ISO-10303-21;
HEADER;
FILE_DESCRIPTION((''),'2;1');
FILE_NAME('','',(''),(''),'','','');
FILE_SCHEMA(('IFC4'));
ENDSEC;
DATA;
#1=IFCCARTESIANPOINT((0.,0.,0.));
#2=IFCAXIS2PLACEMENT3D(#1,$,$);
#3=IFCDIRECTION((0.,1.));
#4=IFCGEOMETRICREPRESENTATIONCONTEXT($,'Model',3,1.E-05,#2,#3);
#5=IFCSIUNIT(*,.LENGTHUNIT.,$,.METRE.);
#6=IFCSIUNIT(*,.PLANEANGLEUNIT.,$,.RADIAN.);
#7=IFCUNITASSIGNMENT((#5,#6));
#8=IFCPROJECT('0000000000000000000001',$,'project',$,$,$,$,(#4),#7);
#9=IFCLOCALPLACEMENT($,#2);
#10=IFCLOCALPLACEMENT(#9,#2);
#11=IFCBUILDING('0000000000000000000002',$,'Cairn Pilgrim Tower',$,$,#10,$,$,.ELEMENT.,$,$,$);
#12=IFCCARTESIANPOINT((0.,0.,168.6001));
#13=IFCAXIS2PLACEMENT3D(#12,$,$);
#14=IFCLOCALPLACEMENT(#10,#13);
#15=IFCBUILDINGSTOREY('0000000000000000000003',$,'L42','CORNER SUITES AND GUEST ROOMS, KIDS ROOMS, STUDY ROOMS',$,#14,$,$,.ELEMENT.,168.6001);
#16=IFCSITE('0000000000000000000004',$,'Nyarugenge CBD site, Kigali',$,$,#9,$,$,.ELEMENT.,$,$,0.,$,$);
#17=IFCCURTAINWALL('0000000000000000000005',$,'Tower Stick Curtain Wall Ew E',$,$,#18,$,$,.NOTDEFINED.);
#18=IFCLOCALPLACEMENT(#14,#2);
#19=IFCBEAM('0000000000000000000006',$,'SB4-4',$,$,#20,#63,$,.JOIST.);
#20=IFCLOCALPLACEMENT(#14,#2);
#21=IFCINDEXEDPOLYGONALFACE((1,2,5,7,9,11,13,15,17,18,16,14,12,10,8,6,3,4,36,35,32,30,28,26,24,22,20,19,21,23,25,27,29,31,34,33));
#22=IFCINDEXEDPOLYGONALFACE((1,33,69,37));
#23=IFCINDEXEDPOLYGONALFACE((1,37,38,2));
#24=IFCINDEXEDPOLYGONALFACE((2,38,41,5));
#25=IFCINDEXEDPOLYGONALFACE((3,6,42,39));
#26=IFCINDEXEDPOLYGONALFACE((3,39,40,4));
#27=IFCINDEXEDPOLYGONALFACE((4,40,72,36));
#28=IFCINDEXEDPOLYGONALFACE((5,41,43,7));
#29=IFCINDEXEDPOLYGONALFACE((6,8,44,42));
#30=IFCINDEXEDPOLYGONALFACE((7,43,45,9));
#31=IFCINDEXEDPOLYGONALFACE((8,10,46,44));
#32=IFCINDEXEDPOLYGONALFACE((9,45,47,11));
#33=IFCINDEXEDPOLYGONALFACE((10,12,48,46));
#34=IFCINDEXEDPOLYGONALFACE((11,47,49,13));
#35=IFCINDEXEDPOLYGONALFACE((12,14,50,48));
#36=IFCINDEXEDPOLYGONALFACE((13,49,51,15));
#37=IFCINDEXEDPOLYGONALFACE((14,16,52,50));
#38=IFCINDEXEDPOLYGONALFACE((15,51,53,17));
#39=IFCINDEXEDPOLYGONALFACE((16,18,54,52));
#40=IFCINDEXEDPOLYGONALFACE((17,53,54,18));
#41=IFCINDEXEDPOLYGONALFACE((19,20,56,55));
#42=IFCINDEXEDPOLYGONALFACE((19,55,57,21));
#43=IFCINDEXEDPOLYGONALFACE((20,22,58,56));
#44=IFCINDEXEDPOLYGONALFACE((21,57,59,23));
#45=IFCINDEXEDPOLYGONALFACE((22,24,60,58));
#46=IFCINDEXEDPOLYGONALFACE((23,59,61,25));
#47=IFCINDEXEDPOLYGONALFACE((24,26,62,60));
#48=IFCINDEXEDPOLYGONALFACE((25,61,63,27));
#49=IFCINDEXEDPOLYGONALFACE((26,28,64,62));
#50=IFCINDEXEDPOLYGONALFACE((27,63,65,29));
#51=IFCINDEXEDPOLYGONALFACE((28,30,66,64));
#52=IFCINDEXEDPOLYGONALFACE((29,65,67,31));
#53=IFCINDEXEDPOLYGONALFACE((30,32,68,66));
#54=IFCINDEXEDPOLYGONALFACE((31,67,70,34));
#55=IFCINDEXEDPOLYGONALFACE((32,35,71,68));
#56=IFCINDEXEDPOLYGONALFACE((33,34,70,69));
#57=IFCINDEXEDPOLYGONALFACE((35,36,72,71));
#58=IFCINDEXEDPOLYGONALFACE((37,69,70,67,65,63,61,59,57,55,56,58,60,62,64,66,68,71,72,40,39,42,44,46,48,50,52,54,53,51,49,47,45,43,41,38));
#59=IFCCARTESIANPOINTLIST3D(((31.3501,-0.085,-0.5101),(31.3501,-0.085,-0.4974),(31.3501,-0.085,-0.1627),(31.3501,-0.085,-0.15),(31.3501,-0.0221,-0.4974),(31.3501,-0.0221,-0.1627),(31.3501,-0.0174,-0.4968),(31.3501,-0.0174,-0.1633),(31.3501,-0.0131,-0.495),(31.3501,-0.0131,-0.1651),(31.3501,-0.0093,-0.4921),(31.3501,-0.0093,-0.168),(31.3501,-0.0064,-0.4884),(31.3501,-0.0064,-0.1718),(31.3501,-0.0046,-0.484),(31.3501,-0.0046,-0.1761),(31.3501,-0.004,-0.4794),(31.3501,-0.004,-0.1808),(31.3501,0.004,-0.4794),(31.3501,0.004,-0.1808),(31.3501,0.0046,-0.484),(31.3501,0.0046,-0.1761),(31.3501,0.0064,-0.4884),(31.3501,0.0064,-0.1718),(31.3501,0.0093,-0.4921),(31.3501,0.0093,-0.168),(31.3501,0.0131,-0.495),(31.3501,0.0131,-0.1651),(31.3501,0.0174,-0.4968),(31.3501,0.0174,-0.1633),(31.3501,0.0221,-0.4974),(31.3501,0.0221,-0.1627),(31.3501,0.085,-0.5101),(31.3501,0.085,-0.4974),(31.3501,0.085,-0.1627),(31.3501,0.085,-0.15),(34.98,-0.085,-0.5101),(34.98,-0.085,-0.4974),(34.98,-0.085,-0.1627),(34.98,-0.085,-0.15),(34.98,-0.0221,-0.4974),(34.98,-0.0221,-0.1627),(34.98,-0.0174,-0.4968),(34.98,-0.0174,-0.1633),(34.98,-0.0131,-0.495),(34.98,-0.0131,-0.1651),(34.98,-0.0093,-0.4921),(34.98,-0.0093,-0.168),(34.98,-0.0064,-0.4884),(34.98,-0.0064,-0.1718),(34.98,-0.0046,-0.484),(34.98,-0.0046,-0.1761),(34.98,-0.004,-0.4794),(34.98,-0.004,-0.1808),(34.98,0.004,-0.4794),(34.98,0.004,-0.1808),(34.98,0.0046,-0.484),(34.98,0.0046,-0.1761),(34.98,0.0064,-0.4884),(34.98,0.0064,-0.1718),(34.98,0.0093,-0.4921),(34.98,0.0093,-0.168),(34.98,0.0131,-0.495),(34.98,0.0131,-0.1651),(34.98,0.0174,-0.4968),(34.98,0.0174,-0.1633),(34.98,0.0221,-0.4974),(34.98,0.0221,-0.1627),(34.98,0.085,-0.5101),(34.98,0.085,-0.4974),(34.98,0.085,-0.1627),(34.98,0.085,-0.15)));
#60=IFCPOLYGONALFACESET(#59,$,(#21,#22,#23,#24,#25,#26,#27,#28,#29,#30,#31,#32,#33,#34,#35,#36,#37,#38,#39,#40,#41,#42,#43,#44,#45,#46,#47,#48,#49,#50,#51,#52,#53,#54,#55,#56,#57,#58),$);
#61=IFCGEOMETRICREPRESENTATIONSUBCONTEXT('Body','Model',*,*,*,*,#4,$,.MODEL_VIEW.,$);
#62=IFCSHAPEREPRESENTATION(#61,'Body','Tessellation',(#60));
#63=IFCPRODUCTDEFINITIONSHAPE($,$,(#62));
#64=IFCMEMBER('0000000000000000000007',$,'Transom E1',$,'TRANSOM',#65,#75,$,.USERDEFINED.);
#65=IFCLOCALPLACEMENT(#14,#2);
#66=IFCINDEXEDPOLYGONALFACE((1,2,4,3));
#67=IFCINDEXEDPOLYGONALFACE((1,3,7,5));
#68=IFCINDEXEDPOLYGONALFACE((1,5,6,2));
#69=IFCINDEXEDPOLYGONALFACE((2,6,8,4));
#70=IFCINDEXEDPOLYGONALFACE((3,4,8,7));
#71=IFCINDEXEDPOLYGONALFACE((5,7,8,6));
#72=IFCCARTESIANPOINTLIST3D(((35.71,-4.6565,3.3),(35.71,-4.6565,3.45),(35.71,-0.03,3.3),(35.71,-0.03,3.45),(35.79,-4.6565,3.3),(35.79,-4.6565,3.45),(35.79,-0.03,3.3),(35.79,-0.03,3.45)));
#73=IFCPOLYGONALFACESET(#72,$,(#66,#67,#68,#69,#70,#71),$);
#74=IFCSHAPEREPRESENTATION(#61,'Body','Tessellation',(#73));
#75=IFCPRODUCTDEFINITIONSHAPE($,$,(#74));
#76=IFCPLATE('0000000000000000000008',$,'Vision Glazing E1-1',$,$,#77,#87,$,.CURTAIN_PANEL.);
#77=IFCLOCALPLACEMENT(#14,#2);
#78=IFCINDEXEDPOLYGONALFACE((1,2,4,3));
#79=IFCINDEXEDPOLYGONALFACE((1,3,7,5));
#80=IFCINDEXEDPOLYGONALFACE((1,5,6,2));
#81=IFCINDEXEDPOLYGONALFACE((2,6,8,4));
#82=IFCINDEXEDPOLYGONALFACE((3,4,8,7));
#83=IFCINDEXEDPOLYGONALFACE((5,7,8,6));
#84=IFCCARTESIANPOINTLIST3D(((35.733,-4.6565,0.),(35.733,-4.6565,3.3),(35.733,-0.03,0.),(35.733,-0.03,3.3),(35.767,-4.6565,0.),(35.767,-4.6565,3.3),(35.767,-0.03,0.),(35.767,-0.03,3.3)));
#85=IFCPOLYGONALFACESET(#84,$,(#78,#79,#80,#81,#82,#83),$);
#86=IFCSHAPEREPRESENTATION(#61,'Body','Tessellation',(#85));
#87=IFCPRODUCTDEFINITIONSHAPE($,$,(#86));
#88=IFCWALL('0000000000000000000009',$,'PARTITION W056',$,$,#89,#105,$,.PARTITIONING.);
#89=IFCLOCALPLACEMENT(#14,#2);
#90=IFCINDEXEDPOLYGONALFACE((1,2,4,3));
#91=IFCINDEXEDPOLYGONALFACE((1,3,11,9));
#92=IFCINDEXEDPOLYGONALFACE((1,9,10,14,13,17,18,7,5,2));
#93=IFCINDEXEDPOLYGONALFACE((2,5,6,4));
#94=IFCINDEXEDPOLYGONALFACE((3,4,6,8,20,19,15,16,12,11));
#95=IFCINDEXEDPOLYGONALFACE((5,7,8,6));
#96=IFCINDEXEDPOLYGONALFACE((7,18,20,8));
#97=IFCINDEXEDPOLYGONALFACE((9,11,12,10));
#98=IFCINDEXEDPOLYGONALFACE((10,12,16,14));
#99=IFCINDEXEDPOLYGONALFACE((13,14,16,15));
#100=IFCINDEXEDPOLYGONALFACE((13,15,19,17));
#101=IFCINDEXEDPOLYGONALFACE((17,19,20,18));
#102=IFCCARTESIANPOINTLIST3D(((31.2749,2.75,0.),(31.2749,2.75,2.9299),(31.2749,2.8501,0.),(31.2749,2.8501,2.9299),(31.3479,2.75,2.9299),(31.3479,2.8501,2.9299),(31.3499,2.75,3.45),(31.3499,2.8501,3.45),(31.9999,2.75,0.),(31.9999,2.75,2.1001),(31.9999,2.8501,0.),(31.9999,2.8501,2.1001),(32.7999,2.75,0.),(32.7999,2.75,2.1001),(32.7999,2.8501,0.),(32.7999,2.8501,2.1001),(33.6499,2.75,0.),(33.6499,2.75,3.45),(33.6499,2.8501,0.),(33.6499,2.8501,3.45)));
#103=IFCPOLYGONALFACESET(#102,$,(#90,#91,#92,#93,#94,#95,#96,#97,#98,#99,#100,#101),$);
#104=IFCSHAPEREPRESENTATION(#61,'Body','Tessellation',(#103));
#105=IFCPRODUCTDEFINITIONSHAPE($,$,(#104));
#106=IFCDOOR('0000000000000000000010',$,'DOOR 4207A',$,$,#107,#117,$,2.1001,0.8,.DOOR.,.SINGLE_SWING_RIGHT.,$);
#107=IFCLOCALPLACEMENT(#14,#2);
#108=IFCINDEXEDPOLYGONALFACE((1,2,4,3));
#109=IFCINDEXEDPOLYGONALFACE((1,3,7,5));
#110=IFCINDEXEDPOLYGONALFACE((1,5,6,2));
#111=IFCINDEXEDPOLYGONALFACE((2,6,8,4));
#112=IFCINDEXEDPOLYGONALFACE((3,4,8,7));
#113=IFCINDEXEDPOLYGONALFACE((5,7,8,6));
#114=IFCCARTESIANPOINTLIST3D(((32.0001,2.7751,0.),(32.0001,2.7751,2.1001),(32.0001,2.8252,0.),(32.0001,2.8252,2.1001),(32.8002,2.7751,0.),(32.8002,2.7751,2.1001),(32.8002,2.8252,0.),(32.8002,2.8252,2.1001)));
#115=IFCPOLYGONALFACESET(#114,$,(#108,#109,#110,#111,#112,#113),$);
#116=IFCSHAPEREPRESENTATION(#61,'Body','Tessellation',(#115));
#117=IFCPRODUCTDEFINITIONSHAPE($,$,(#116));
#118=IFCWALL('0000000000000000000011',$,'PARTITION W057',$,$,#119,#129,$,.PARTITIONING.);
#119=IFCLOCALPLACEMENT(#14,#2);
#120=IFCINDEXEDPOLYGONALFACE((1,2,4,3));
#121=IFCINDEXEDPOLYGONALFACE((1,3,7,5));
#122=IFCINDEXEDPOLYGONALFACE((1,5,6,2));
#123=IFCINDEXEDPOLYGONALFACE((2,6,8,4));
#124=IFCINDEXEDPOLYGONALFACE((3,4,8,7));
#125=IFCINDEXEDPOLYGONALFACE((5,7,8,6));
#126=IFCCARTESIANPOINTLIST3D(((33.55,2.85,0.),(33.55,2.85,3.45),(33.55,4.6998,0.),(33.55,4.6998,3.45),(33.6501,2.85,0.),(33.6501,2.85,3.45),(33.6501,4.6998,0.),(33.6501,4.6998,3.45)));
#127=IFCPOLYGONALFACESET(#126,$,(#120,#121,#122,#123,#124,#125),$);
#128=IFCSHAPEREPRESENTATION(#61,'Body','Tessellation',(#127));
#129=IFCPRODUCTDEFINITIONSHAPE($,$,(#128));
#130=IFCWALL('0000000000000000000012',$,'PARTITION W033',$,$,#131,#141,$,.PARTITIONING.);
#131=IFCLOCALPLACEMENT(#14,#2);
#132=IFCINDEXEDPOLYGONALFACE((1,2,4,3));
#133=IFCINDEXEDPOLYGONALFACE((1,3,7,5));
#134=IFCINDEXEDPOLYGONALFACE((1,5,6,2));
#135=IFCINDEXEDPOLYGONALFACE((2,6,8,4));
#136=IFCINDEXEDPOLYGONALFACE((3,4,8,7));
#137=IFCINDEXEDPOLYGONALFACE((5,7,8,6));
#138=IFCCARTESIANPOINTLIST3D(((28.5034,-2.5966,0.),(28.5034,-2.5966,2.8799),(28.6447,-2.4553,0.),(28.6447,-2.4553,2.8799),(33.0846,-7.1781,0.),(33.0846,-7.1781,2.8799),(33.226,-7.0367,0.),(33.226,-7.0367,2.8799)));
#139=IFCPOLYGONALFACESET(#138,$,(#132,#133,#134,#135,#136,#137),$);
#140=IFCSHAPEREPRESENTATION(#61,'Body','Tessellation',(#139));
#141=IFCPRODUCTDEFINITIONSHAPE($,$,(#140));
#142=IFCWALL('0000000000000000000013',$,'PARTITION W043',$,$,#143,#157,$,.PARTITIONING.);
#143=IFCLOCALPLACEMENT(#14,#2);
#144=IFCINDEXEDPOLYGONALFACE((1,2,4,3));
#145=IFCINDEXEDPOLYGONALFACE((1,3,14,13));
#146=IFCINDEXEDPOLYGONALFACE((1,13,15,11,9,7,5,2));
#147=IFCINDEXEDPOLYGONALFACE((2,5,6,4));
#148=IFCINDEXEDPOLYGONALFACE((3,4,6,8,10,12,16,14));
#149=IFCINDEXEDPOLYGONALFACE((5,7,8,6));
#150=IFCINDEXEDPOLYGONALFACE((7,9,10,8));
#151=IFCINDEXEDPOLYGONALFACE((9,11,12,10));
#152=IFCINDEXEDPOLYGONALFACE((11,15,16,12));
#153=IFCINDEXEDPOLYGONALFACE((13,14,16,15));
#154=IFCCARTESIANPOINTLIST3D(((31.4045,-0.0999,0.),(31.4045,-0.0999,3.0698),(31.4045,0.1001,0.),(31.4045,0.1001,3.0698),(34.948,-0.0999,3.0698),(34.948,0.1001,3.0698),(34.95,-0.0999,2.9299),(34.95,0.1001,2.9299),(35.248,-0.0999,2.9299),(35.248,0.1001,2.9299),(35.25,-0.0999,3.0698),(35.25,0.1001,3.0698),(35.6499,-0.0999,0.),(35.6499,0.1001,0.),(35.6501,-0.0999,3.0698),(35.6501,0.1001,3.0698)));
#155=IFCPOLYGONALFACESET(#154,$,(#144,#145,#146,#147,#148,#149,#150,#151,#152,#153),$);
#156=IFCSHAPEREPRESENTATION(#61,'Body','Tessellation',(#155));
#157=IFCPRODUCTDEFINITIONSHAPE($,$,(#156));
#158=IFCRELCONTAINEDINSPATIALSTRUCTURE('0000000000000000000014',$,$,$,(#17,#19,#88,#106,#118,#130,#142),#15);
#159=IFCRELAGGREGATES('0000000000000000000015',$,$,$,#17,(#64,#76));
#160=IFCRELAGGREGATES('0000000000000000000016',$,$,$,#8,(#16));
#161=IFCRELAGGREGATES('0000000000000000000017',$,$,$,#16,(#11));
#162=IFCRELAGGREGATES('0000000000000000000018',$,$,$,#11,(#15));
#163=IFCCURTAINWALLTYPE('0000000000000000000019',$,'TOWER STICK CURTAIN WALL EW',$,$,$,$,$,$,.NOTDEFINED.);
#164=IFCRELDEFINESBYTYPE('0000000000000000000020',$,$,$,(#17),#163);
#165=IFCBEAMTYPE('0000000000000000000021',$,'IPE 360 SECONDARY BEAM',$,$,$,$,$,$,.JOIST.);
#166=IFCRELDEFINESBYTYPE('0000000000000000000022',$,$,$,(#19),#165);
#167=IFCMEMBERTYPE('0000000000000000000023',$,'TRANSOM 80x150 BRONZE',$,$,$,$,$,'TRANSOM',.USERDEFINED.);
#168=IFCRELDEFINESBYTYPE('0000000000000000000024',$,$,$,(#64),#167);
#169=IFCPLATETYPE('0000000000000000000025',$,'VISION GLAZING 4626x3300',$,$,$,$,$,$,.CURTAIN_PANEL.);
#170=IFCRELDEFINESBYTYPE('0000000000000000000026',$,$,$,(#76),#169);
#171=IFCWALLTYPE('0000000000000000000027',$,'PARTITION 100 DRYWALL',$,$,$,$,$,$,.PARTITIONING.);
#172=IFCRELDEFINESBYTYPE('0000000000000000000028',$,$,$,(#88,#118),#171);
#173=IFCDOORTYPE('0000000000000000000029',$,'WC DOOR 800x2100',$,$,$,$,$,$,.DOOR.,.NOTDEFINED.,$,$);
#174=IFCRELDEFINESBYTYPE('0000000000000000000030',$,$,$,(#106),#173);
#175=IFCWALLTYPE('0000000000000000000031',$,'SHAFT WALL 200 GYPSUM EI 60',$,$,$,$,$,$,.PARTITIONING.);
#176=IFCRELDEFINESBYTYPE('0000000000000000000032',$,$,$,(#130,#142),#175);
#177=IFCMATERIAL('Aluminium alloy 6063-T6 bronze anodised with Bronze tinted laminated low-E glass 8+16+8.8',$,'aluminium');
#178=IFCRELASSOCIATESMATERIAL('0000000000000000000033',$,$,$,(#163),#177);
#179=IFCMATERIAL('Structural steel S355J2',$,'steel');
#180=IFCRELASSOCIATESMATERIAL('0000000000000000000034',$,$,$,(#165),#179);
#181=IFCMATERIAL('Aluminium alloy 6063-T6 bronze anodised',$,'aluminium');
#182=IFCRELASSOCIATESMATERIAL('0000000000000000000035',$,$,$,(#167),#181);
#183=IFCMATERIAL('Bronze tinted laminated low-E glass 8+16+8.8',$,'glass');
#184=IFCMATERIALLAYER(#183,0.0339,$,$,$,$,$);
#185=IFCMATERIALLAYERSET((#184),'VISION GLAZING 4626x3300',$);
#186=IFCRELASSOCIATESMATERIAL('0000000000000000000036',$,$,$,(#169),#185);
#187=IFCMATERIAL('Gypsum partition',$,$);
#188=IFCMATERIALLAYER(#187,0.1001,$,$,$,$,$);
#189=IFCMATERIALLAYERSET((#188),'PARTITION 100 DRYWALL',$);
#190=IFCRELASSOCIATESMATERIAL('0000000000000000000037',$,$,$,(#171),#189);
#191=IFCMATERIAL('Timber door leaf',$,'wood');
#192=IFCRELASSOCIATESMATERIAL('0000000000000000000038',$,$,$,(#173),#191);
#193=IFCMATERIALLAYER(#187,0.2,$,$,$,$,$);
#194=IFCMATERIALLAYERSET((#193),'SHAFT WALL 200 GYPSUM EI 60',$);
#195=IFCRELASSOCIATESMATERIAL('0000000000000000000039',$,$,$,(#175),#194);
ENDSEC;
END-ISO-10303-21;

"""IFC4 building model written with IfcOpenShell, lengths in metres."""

from ifc_helpers import new_model, si_unit, direction, frame, frame_2d, origin, origin_2d, place, context, subcontext, project, spatial, polyline, rectangle, i_section, outline, extrude, material, layer, layer_set, material_profile, profile_set, type_object, element, fill, aggregate, save


model = new_model("IFC4")

# Units and contexts
model_context = context("Model", 3, precision=1e-05, world=origin(), true_north=direction((0.0, 1.0)))
body_context = subcontext(model_context, "Body", "Model", "MODEL_VIEW")
ifc_project = project(units=[si_unit("LENGTHUNIT", "METRE"), si_unit("PLANEANGLEUNIT", "RADIAN")], contexts=[model_context])

# Site, building, storey
site_placement = place(None, origin())
site = spatial("IfcSite", under=ifc_project, at=site_placement, Name="Nyarugenge CBD site, Kigali", CompositionType="ELEMENT", RefElevation=0.0)
building_placement = place(site_placement, origin())
building = spatial("IfcBuilding", under=site, at=building_placement, Name="Cairn Pilgrim Tower", CompositionType="ELEMENT")
storey_placement = place(building_placement, frame((0.0, 0.0, 168.6001)))
storey = spatial("IfcBuildingStorey", under=building, at=storey_placement, Name="L42", Description="CORNER SUITES AND GUEST ROOMS, KIDS ROOMS, STUDY ROOMS", CompositionType="ELEMENT", Elevation=168.6001)

# Shared definitions
ifc_material_1 = material(Name="Aluminium alloy 6063-T6 bronze anodised with Bronze tinted laminated low-E glass 8+16+8.8", Category="aluminium")
ifc_material_2 = material(Name="Aluminium alloy 6063-T6 bronze anodised", Category="aluminium")

# Curtain wall
curtain_wall_type_1 = type_object("IfcCurtainWallType", Name="TOWER STICK CURTAIN WALL EW", PredefinedType="NOTDEFINED", material=ifc_material_1)
curtain_wall_1_placement = place(storey_placement, origin())
curtain_wall_1 = element("IfcCurtainWall", 1, at=curtain_wall_1_placement, inside=storey, type_object=curtain_wall_type_1, Name="Tower Stick Curtain Wall Ew E", PredefinedType="NOTDEFINED")

# Beam
ifc_material_3 = material(Name="Structural steel S355J2", Category="steel")
ifc_material_profile_1 = material_profile(ifc_material_3, i_section(OverallWidth=0.1699, OverallDepth=0.3601, WebThickness=0.0081, FlangeThickness=0.0127, FilletRadius=0.0181, at=origin_2d()), Name="IPE 360")
ifc_profile_set_1 = profile_set([ifc_material_profile_1], Name="Structural steel S355J2")
beam_type_1 = type_object("IfcBeamType", Name="IPE 360 SECONDARY BEAM", PredefinedType="JOIST", material=ifc_profile_set_1)
beam_1_placement = place(storey_placement, frame((31.3501, 0.0, -0.3301), z_axis=(1.0, 0.0, 0.0), x_axis=(0.0, 1.0, 0.0)))
element("IfcBeam", 2, at=beam_1_placement, inside=storey, type_object=beam_type_1, Name="SB4-4", PredefinedType="JOIST", context=body_context, shape_type="SweptSolid", body=[
    extrude(i_section(OverallWidth=0.1699, OverallDepth=0.3601, WebThickness=0.0081, FlangeThickness=0.0127, FilletRadius=0.0181, at=origin_2d()), origin(), (0.0, 0.0, 1.0), 3.6299),
])

# Member
ifc_material_profile_2 = material_profile(ifc_material_2, rectangle(XDim=0.0801, YDim=0.1499, at=origin_2d()), Name="TRANSOM 80x150 BRONZE")
ifc_profile_set_2 = profile_set([ifc_material_profile_2], Name="Aluminium alloy 6063-T6 bronze anodised")
member_type_1 = type_object("IfcMemberType", Name="TRANSOM 80x150 BRONZE", ElementType="TRANSOM", PredefinedType="USERDEFINED", material=ifc_profile_set_2)
member_1_placement = place(storey_placement, frame((35.75, -4.6565, 3.375), z_axis=(0.0, 1.0, 0.0), x_axis=(-1.0, 0.0, 0.0)))
member_1 = element("IfcMember", 3, at=member_1_placement, type_object=member_type_1, Name="Transom E1", ObjectType="TRANSOM", PredefinedType="USERDEFINED", context=body_context, shape_type="SweptSolid", body=[
    extrude(rectangle(XDim=0.0801, YDim=0.1499, at=origin_2d()), origin(), (0.0, 0.0, 1.0), 4.6265),
])

# Plate
ifc_material_4 = material(Name="Bronze tinted laminated low-E glass 8+16+8.8", Category="glass")
ifc_layer_1 = layer(ifc_material_4, 0.0339)
ifc_layer_set_1 = layer_set([ifc_layer_1], Name="VISION GLAZING 4626x3300")
plate_type = type_object("IfcPlateType", Name="VISION GLAZING 4626x3300", PredefinedType="CURTAIN_PANEL", material=ifc_layer_set_1)
plate_placement = place(storey_placement, frame((35.75, -2.3433, 0.0), z_axis=(0.0, 0.0, 1.0), x_axis=(0.0, 1.0, 0.0)))
plate = element("IfcPlate", 4, at=plate_placement, type_object=plate_type, Name="Vision Glazing E1-1", PredefinedType="CURTAIN_PANEL", context=body_context, shape_type="SweptSolid", body=[
    extrude(rectangle(XDim=4.6265, YDim=0.0339, at=origin_2d()), origin(), (0.0, 0.0, 1.0), 3.3),
])
aggregate(curtain_wall_1, [member_1, plate])

# Wall, opening, door
ifc_material_5 = material(Name="Gypsum partition")
ifc_layer_2 = layer(ifc_material_5, 0.1001)
ifc_layer_set_2 = layer_set([ifc_layer_2], Name="PARTITION 100 DRYWALL")
wall_type_1 = type_object("IfcWallType", Name="PARTITION 100 DRYWALL", PredefinedType="PARTITIONING", material=ifc_layer_set_2)
wall_1_placement = place(storey_placement, frame((31.2749, 2.8, 0.0), z_axis=(0.0, 0.0, 1.0), x_axis=(1.0, 0.0, 0.0)))
wall_1 = element("IfcWall", 5, at=wall_1_placement, inside=storey, type_object=wall_type_1, Name="PARTITION W056", PredefinedType="PARTITIONING", context=body_context, shape_type="SweptSolid", body=[
    extrude(outline(polyline([(0.0, 0.0), (2.375, 0.0), (2.375, 3.45), (0.075, 3.45), (0.073, 2.9299), (0.0, 2.9299), (0.0, 0.0)])), frame((0.0, 0.05, 0.0), z_axis=(0.0, -1.0, 0.0), x_axis=(1.0, 0.0, 0.0)), (0.0, 0.0, 1.0), 0.1001),
])
opening_1_placement = place(wall_1_placement, frame((0.7251, 0.0, 0.0)))
opening_1 = element("IfcOpeningElement", 6, at=opening_1_placement, cuts=wall_1, PredefinedType="OPENING", context=body_context, shape_type="SweptSolid", body=[
    extrude(rectangle(XDim=0.8, YDim=2.1001, at=frame_2d((0.3999, 1.05))), frame((0.0, 0.0601, 0.0), z_axis=(0.0, -1.0, 0.0), x_axis=(1.0, 0.0, 0.0)), (0.0, 0.0, 1.0), 0.1201),
])
ifc_material_6 = material(Name="Timber door leaf", Category="wood")
door_type_1 = type_object("IfcDoorType", Name="WC DOOR 800x2100", OperationType="NOTDEFINED", PredefinedType="DOOR", material=ifc_material_6)
door_1_placement = place(opening_1_placement, frame((0.8, 0.0, 0.0), z_axis=(0.0, 0.0, 1.0), x_axis=(-1.0, 0.0, 0.0)))
door_1 = element("IfcDoor", 7, at=door_1_placement, inside=storey, type_object=door_type_1, Name="DOOR 4207A", OperationType="SINGLE_SWING_RIGHT", OverallHeight=2.1001, OverallWidth=0.8, PredefinedType="DOOR", context=body_context, shape_type="SweptSolid", body=[
    extrude(rectangle(XDim=0.8, YDim=2.1001, at=frame_2d((0.3999, 1.05))), frame((0.0, 0.0249, 0.0), z_axis=(0.0, -1.0, 0.0), x_axis=(1.0, 0.0, 0.0)), (0.0, 0.0, 1.0), 0.05),
])
fill(opening_1, door_1)

# Walls
wall_2_placement = place(storey_placement, frame((33.6001, 2.8501, 0.0), z_axis=(0.0, 0.0, 1.0), x_axis=(0.0, 1.0, 0.0)))
element("IfcWall", 8, at=wall_2_placement, inside=storey, type_object=wall_type_1, Name="PARTITION W057", PredefinedType="PARTITIONING", context=body_context, shape_type="SweptSolid", body=[
    extrude(rectangle(XDim=1.8499, YDim=0.1001, at=frame_2d((0.9248, 0.0))), origin(), (0.0, 0.0, 1.0), 3.45),
])
ifc_layer_3 = layer(ifc_material_5, 0.2)
ifc_layer_set_3 = layer_set([ifc_layer_3], Name="SHAFT WALL 200 GYPSUM EI 60")
wall_type_2 = type_object("IfcWallType", Name="SHAFT WALL 200 GYPSUM EI 60", PredefinedType="PARTITIONING", material=ifc_layer_set_3)
wall_3_placement = place(storey_placement, frame((33.1553, -7.1074, 0.0), z_axis=(0.0, 0.0, 1.0), x_axis=(-0.707088, 0.707126, 0.0)))
element("IfcWall", 9, at=wall_3_placement, inside=storey, type_object=wall_type_2, Name="PARTITION W033", PredefinedType="PARTITIONING", context=body_context, shape_type="SweptSolid", body=[
    extrude(rectangle(XDim=6.479, YDim=0.2, at=frame_2d((3.2395, 0.0))), origin(), (0.0, 0.0, 1.0), 2.8799),
])
wall_4_placement = place(storey_placement, frame((31.4045, 0.0, 0.0), z_axis=(0.0, 0.0, 1.0), x_axis=(1.0, 0.0, 0.0)))
element("IfcWall", 10, at=wall_4_placement, inside=storey, type_object=wall_type_2, Name="PARTITION W043", PredefinedType="PARTITIONING", context=body_context, shape_type="SweptSolid", body=[
    extrude(outline(polyline([(0.0, 0.0), (4.2454, 0.0), (4.2456, 3.0698), (3.8455, 3.0698), (3.8435, 2.9299), (3.5454, 2.9299), (3.5435, 3.0698), (0.0, 3.0698), (0.0, 0.0)])), frame((0.0, 0.1001, 0.0), z_axis=(0.0, -1.0, 0.0), x_axis=(1.0, 0.0, 0.0)), (0.0, 0.0, 1.0), 0.2),
])

save(model, "model.ifc")
